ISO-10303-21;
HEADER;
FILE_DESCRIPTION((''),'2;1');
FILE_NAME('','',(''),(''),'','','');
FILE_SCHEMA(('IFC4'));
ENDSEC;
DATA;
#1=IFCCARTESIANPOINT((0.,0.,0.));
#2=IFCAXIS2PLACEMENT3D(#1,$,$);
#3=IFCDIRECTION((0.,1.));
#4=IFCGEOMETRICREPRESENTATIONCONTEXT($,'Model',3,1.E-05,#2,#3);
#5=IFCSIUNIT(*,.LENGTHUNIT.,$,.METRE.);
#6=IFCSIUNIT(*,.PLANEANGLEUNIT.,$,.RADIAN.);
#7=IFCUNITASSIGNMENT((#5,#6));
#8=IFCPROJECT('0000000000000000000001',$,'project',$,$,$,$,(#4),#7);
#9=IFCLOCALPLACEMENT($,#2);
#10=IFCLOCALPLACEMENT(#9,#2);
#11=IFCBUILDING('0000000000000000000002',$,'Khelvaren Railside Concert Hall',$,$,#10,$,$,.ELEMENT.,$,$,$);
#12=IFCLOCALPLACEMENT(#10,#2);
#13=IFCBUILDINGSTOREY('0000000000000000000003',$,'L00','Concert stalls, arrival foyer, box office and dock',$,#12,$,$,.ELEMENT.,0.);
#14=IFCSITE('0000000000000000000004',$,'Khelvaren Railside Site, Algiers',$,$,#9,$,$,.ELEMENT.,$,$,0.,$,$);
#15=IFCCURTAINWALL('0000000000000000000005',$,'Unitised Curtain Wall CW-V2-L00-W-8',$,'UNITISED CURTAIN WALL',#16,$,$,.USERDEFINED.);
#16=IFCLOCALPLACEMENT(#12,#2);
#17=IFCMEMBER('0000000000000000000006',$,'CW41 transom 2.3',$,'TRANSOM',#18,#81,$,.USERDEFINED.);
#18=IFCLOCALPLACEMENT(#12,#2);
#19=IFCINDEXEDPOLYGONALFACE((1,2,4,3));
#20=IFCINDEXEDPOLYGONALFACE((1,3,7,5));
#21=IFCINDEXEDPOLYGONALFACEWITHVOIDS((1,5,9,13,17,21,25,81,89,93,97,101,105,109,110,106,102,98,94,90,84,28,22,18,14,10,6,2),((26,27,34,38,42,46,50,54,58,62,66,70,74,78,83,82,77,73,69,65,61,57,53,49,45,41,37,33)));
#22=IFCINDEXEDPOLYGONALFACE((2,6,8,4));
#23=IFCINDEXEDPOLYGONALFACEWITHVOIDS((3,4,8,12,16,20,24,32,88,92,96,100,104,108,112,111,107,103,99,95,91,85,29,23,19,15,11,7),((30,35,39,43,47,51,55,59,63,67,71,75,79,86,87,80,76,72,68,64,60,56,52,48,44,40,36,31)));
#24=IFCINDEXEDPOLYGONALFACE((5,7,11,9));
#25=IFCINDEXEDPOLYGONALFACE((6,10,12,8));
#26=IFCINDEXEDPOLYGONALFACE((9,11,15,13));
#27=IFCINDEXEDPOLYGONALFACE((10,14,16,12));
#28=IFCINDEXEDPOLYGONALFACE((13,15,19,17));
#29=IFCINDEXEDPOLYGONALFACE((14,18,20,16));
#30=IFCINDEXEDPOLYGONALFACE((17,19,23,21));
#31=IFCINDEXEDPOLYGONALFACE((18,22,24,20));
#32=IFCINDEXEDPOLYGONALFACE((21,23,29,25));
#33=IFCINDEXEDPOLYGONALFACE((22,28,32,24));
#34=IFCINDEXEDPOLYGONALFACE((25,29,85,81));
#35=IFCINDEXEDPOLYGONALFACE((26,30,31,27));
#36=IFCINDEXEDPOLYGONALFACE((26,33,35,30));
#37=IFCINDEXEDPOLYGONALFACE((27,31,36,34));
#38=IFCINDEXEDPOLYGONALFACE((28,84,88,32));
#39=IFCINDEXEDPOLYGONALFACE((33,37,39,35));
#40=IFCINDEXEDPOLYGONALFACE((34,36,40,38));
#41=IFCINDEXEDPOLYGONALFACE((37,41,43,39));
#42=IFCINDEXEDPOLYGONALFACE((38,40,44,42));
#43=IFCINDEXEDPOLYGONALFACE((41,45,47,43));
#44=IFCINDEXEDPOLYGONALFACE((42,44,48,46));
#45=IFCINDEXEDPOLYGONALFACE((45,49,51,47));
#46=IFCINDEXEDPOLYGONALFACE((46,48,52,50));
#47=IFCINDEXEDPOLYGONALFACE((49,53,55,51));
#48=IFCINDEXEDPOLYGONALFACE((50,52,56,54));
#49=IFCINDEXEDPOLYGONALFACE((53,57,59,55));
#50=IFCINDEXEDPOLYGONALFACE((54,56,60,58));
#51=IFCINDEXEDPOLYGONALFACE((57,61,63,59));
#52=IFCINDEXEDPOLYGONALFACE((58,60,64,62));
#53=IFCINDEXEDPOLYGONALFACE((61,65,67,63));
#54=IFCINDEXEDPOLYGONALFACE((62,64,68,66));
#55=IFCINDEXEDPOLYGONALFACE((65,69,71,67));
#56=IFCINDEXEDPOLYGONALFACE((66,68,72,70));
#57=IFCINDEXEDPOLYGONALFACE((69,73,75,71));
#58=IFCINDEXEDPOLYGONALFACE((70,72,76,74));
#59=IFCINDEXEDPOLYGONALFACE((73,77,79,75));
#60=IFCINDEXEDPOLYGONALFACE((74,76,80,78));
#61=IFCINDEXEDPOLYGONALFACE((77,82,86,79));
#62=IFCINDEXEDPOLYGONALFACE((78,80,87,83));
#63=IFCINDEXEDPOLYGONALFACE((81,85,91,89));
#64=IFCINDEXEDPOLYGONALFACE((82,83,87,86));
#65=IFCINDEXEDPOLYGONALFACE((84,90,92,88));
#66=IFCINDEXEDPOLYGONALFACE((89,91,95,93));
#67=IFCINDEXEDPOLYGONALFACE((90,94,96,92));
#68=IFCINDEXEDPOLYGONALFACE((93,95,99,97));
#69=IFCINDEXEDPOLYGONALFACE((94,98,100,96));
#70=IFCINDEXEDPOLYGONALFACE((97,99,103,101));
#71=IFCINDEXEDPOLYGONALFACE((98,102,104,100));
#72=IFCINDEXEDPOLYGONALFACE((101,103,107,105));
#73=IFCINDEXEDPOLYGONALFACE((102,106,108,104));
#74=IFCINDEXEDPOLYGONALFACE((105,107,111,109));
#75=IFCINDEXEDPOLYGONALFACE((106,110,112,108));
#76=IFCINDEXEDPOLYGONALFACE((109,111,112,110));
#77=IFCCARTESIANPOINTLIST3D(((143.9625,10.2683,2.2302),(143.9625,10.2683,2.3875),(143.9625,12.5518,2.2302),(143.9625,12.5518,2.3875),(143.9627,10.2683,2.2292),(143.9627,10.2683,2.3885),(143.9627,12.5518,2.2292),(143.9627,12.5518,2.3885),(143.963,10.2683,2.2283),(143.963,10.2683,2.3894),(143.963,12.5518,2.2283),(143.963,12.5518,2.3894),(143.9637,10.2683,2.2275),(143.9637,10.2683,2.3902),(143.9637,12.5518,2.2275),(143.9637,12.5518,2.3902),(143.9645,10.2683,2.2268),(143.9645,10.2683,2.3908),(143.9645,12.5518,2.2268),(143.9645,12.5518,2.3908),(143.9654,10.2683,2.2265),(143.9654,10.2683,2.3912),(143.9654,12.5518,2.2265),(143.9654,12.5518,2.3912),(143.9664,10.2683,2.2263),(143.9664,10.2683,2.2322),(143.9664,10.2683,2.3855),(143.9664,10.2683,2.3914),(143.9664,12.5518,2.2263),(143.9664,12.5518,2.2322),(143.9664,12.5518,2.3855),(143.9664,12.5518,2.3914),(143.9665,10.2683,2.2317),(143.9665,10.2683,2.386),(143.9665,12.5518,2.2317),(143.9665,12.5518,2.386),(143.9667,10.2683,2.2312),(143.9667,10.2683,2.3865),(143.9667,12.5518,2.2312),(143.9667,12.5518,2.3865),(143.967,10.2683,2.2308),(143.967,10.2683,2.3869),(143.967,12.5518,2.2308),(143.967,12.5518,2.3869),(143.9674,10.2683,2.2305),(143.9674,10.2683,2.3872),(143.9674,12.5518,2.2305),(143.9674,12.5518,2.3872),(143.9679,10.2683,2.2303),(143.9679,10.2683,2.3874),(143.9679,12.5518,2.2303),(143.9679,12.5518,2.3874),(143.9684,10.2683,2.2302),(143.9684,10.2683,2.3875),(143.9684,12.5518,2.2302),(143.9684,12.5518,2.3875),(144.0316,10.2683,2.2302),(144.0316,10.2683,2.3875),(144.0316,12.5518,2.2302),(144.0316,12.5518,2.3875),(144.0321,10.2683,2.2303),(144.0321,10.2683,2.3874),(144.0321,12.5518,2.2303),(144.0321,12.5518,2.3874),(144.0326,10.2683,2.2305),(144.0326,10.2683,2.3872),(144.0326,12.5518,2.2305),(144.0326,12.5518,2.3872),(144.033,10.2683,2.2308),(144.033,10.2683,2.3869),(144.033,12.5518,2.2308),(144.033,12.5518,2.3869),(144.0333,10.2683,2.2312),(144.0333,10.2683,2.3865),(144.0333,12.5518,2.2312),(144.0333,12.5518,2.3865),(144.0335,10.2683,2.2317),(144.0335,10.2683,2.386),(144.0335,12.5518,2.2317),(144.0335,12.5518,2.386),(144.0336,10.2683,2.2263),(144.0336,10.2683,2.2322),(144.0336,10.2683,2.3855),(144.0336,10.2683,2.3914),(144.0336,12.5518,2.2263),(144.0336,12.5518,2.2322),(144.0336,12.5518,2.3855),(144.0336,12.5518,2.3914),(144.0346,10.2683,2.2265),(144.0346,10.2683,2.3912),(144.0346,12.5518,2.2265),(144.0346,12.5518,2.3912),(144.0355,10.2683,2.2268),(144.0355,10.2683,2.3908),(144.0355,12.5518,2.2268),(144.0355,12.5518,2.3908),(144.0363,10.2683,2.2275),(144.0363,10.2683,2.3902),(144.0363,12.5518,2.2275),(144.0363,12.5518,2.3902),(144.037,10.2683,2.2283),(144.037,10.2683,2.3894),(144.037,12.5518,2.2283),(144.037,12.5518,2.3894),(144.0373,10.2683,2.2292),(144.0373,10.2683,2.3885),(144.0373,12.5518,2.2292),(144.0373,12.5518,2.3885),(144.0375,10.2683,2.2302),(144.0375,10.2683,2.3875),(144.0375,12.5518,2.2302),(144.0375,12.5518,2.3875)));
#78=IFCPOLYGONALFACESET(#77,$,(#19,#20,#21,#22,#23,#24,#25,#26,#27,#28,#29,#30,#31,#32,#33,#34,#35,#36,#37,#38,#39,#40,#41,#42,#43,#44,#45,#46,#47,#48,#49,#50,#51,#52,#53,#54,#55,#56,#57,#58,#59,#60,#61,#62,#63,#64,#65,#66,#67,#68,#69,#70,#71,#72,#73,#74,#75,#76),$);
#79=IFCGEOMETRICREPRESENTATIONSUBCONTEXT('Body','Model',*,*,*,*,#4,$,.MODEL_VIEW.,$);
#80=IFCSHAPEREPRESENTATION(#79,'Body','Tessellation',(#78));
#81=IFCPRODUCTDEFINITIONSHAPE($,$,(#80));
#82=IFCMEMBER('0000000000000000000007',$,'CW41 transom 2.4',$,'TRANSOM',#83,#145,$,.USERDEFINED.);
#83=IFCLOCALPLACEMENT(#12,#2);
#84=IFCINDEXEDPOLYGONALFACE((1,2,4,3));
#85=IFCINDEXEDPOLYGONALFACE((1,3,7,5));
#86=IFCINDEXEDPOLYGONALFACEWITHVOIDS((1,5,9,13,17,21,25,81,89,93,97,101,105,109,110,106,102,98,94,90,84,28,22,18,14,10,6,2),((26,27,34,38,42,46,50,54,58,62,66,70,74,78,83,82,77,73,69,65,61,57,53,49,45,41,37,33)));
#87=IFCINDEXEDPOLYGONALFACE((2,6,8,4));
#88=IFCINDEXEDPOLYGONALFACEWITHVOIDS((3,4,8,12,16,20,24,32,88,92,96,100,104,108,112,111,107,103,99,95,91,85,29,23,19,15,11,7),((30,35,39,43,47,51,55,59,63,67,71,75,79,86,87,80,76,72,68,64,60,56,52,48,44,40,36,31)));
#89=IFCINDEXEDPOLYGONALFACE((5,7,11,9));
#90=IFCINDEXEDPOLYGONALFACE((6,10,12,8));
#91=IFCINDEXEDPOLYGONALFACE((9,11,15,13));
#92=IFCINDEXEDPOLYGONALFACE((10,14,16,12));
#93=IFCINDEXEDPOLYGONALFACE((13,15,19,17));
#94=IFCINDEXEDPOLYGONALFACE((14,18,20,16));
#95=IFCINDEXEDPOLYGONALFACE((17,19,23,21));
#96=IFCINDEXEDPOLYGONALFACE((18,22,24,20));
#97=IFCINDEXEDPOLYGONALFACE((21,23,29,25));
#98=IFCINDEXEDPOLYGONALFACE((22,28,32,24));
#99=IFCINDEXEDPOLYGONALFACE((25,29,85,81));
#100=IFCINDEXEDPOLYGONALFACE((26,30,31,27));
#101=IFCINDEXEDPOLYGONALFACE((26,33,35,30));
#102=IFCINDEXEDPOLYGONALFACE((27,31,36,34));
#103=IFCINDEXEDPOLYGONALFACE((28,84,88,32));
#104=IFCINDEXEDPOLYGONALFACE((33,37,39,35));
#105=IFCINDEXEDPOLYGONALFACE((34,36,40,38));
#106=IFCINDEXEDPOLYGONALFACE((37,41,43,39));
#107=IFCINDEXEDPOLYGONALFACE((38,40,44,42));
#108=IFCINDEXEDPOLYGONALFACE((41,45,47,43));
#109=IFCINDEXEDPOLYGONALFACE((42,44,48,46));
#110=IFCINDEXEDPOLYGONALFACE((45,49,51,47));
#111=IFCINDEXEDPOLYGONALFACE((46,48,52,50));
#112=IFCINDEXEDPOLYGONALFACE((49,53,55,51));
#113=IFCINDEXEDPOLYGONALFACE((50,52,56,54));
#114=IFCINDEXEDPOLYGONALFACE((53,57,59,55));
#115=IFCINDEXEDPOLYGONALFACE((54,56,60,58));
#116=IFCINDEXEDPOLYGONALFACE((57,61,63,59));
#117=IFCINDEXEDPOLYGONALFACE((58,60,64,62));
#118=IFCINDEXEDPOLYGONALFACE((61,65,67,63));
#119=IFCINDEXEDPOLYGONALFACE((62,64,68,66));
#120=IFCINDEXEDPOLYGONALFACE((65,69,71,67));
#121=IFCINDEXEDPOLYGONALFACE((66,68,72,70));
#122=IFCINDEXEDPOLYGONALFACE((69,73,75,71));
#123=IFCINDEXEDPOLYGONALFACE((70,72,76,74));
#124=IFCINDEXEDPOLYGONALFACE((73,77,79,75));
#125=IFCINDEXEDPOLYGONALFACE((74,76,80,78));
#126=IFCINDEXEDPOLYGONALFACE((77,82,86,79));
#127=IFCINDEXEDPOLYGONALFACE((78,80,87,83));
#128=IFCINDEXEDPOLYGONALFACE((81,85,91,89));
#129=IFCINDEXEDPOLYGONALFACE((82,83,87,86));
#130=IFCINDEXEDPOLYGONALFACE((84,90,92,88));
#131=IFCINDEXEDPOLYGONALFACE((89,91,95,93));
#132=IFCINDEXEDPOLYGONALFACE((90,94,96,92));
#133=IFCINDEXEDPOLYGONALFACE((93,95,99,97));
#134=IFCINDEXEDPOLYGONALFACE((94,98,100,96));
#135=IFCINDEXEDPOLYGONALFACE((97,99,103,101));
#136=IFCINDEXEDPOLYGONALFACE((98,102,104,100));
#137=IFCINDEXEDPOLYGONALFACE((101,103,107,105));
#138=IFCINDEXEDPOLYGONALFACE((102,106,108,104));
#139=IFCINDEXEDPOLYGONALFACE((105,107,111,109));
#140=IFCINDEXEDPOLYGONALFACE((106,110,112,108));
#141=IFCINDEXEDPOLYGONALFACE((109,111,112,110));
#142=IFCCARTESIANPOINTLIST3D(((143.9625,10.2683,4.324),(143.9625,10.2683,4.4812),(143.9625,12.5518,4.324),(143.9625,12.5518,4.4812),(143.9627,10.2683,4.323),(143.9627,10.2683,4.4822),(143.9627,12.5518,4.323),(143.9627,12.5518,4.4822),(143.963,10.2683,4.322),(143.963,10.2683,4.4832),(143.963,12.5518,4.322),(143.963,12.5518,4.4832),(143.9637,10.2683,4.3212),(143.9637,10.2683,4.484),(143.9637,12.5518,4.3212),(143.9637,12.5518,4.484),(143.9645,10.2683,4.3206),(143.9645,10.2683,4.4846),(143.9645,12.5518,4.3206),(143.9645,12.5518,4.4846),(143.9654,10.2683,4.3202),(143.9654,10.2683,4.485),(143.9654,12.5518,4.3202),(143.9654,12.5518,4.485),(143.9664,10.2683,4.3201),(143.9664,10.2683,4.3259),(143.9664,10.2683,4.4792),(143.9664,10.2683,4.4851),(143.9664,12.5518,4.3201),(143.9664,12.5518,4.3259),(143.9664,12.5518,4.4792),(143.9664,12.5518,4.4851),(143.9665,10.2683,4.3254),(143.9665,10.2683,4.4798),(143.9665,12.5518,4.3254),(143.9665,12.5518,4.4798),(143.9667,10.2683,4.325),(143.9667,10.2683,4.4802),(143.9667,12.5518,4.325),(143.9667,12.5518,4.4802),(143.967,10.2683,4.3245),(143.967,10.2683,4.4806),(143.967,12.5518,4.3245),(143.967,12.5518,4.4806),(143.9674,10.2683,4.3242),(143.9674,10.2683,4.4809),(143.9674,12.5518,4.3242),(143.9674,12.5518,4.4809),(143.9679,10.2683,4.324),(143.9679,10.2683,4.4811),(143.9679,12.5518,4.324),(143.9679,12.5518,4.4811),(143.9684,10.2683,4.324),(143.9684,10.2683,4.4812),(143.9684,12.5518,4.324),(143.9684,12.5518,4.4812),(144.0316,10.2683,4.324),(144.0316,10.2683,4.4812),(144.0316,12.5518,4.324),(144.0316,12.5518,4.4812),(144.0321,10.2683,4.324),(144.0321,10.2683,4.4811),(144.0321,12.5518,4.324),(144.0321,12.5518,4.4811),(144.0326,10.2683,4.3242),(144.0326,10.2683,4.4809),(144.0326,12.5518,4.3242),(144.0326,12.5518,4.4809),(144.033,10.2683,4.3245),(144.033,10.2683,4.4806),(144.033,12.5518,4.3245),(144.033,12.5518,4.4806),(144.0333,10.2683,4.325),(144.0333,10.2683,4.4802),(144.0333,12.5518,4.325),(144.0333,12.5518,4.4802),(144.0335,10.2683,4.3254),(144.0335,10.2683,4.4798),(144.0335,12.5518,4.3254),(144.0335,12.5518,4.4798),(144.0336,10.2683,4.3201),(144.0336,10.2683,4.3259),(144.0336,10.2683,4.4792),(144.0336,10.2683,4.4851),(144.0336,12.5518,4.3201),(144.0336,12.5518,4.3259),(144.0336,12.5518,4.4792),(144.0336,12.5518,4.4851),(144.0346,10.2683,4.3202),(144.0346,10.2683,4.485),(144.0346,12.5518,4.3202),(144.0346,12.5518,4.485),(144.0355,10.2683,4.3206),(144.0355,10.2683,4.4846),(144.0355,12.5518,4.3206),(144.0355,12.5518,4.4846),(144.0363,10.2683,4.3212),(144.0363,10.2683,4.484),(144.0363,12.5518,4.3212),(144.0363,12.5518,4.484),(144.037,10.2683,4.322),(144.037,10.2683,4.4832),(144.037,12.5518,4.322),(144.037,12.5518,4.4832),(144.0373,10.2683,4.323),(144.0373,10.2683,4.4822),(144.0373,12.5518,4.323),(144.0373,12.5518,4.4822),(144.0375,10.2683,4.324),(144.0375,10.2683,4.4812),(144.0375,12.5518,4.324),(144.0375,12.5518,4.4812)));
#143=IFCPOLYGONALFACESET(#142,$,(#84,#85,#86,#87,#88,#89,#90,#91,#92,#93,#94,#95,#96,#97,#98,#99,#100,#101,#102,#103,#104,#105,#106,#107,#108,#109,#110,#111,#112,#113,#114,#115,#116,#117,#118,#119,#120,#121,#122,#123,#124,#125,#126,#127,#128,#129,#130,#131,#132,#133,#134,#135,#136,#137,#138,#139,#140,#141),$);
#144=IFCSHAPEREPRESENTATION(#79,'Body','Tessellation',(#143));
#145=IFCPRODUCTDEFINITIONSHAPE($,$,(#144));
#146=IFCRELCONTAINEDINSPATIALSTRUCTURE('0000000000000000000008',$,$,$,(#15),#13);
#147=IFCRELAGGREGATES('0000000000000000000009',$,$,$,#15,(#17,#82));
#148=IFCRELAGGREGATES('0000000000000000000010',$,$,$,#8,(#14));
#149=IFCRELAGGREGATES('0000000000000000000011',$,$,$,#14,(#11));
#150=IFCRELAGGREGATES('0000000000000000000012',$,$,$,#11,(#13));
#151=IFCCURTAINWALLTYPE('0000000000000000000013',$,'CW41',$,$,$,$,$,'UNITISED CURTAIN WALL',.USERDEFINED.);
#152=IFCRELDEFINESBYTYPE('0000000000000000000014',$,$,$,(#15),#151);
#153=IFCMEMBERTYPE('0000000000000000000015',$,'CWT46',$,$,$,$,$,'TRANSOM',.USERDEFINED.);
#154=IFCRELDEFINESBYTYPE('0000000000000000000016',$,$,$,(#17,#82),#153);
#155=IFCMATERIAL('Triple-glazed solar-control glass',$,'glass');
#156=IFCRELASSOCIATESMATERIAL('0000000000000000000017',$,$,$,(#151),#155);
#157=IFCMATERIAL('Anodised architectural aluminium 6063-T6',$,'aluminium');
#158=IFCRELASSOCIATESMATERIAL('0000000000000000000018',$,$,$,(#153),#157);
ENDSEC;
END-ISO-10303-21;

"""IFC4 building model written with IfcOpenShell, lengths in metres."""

from ifc_helpers import new_model, si_unit, direction, frame, origin, origin_2d, place, context, subcontext, project, spatial, hollow_rectangle, extrude, material, material_profile, profile_set, type_object, element, aggregate, save


model = new_model("IFC4")

# Units and contexts
model_context = context("Model", 3, precision=1e-05, world=origin(), true_north=direction((0.0, 1.0)))
body_context = subcontext(model_context, "Body", "Model", "MODEL_VIEW")
ifc_project = project(units=[si_unit("LENGTHUNIT", "METRE"), si_unit("PLANEANGLEUNIT", "RADIAN")], contexts=[model_context])

# Site, building, storey
site_placement = place(None, origin())
site = spatial("IfcSite", under=ifc_project, at=site_placement, Name="Khelvaren Railside Site, Algiers", CompositionType="ELEMENT", RefElevation=0.0)
building_placement = place(site_placement, origin())
building = spatial("IfcBuilding", under=site, at=building_placement, Name="Khelvaren Railside Concert Hall", CompositionType="ELEMENT")
storey_placement = place(building_placement, origin())
storey = spatial("IfcBuildingStorey", under=building, at=storey_placement, Name="L00", Description="Concert stalls, arrival foyer, box office and dock", CompositionType="ELEMENT", Elevation=0.0)

# Curtain wall, members
ifc_material_1 = material(Name="Triple-glazed solar-control glass", Category="glass")
curtain_wall_type = type_object("IfcCurtainWallType", Name="CW41", ElementType="UNITISED CURTAIN WALL", PredefinedType="USERDEFINED", material=ifc_material_1)
curtain_wall_placement = place(storey_placement, origin())
curtain_wall = element("IfcCurtainWall", 1, at=curtain_wall_placement, inside=storey, type_object=curtain_wall_type, Name="Unitised Curtain Wall CW-V2-L00-W-8", ObjectType="UNITISED CURTAIN WALL", PredefinedType="USERDEFINED")
ifc_material_2 = material(Name="Anodised architectural aluminium 6063-T6", Category="aluminium")
ifc_material_profile_1 = material_profile(ifc_material_2, hollow_rectangle(XDim=0.075, YDim=0.165, WallThickness=0.0039, InnerFilletRadius=0.002, OuterFilletRadius=0.0039, at=origin_2d()), Name="CWT 75x165x4")
ifc_profile_set_1 = profile_set([ifc_material_profile_1], Name="Anodised architectural aluminium 6063-T6")
member_type_1 = type_object("IfcMemberType", Name="CWT46", ElementType="TRANSOM", PredefinedType="USERDEFINED", material=ifc_profile_set_1)
member_1_placement = place(storey_placement, frame((144.0, 10.2683, 2.3088), z_axis=(0.0, 1.0, 0.0), x_axis=(-1.0, 0.0, 0.0)))
member_1 = element("IfcMember", 2, at=member_1_placement, type_object=member_type_1, Name="CW41 transom 2.3", ObjectType="TRANSOM", PredefinedType="USERDEFINED", context=body_context, shape_type="SweptSolid", body=[
    extrude(hollow_rectangle(XDim=0.075, YDim=0.165, WallThickness=0.0039, InnerFilletRadius=0.002, OuterFilletRadius=0.0039, at=origin_2d()), origin(), (0.0, 0.0, 1.0), 2.2834),
])
member_2_placement = place(storey_placement, frame((144.0, 10.2683, 4.4026), z_axis=(0.0, 1.0, 0.0), x_axis=(-1.0, 0.0, 0.0)))
member_2 = element("IfcMember", 3, at=member_2_placement, type_object=member_type_1, Name="CW41 transom 2.4", ObjectType="TRANSOM", PredefinedType="USERDEFINED", context=body_context, shape_type="SweptSolid", body=[
    extrude(hollow_rectangle(XDim=0.075, YDim=0.165, WallThickness=0.0039, InnerFilletRadius=0.002, OuterFilletRadius=0.0039, at=origin_2d()), origin(), (0.0, 0.0, 1.0), 2.2834),
])

aggregate(curtain_wall, [member_1, member_2])

save(model, "model.ifc")
